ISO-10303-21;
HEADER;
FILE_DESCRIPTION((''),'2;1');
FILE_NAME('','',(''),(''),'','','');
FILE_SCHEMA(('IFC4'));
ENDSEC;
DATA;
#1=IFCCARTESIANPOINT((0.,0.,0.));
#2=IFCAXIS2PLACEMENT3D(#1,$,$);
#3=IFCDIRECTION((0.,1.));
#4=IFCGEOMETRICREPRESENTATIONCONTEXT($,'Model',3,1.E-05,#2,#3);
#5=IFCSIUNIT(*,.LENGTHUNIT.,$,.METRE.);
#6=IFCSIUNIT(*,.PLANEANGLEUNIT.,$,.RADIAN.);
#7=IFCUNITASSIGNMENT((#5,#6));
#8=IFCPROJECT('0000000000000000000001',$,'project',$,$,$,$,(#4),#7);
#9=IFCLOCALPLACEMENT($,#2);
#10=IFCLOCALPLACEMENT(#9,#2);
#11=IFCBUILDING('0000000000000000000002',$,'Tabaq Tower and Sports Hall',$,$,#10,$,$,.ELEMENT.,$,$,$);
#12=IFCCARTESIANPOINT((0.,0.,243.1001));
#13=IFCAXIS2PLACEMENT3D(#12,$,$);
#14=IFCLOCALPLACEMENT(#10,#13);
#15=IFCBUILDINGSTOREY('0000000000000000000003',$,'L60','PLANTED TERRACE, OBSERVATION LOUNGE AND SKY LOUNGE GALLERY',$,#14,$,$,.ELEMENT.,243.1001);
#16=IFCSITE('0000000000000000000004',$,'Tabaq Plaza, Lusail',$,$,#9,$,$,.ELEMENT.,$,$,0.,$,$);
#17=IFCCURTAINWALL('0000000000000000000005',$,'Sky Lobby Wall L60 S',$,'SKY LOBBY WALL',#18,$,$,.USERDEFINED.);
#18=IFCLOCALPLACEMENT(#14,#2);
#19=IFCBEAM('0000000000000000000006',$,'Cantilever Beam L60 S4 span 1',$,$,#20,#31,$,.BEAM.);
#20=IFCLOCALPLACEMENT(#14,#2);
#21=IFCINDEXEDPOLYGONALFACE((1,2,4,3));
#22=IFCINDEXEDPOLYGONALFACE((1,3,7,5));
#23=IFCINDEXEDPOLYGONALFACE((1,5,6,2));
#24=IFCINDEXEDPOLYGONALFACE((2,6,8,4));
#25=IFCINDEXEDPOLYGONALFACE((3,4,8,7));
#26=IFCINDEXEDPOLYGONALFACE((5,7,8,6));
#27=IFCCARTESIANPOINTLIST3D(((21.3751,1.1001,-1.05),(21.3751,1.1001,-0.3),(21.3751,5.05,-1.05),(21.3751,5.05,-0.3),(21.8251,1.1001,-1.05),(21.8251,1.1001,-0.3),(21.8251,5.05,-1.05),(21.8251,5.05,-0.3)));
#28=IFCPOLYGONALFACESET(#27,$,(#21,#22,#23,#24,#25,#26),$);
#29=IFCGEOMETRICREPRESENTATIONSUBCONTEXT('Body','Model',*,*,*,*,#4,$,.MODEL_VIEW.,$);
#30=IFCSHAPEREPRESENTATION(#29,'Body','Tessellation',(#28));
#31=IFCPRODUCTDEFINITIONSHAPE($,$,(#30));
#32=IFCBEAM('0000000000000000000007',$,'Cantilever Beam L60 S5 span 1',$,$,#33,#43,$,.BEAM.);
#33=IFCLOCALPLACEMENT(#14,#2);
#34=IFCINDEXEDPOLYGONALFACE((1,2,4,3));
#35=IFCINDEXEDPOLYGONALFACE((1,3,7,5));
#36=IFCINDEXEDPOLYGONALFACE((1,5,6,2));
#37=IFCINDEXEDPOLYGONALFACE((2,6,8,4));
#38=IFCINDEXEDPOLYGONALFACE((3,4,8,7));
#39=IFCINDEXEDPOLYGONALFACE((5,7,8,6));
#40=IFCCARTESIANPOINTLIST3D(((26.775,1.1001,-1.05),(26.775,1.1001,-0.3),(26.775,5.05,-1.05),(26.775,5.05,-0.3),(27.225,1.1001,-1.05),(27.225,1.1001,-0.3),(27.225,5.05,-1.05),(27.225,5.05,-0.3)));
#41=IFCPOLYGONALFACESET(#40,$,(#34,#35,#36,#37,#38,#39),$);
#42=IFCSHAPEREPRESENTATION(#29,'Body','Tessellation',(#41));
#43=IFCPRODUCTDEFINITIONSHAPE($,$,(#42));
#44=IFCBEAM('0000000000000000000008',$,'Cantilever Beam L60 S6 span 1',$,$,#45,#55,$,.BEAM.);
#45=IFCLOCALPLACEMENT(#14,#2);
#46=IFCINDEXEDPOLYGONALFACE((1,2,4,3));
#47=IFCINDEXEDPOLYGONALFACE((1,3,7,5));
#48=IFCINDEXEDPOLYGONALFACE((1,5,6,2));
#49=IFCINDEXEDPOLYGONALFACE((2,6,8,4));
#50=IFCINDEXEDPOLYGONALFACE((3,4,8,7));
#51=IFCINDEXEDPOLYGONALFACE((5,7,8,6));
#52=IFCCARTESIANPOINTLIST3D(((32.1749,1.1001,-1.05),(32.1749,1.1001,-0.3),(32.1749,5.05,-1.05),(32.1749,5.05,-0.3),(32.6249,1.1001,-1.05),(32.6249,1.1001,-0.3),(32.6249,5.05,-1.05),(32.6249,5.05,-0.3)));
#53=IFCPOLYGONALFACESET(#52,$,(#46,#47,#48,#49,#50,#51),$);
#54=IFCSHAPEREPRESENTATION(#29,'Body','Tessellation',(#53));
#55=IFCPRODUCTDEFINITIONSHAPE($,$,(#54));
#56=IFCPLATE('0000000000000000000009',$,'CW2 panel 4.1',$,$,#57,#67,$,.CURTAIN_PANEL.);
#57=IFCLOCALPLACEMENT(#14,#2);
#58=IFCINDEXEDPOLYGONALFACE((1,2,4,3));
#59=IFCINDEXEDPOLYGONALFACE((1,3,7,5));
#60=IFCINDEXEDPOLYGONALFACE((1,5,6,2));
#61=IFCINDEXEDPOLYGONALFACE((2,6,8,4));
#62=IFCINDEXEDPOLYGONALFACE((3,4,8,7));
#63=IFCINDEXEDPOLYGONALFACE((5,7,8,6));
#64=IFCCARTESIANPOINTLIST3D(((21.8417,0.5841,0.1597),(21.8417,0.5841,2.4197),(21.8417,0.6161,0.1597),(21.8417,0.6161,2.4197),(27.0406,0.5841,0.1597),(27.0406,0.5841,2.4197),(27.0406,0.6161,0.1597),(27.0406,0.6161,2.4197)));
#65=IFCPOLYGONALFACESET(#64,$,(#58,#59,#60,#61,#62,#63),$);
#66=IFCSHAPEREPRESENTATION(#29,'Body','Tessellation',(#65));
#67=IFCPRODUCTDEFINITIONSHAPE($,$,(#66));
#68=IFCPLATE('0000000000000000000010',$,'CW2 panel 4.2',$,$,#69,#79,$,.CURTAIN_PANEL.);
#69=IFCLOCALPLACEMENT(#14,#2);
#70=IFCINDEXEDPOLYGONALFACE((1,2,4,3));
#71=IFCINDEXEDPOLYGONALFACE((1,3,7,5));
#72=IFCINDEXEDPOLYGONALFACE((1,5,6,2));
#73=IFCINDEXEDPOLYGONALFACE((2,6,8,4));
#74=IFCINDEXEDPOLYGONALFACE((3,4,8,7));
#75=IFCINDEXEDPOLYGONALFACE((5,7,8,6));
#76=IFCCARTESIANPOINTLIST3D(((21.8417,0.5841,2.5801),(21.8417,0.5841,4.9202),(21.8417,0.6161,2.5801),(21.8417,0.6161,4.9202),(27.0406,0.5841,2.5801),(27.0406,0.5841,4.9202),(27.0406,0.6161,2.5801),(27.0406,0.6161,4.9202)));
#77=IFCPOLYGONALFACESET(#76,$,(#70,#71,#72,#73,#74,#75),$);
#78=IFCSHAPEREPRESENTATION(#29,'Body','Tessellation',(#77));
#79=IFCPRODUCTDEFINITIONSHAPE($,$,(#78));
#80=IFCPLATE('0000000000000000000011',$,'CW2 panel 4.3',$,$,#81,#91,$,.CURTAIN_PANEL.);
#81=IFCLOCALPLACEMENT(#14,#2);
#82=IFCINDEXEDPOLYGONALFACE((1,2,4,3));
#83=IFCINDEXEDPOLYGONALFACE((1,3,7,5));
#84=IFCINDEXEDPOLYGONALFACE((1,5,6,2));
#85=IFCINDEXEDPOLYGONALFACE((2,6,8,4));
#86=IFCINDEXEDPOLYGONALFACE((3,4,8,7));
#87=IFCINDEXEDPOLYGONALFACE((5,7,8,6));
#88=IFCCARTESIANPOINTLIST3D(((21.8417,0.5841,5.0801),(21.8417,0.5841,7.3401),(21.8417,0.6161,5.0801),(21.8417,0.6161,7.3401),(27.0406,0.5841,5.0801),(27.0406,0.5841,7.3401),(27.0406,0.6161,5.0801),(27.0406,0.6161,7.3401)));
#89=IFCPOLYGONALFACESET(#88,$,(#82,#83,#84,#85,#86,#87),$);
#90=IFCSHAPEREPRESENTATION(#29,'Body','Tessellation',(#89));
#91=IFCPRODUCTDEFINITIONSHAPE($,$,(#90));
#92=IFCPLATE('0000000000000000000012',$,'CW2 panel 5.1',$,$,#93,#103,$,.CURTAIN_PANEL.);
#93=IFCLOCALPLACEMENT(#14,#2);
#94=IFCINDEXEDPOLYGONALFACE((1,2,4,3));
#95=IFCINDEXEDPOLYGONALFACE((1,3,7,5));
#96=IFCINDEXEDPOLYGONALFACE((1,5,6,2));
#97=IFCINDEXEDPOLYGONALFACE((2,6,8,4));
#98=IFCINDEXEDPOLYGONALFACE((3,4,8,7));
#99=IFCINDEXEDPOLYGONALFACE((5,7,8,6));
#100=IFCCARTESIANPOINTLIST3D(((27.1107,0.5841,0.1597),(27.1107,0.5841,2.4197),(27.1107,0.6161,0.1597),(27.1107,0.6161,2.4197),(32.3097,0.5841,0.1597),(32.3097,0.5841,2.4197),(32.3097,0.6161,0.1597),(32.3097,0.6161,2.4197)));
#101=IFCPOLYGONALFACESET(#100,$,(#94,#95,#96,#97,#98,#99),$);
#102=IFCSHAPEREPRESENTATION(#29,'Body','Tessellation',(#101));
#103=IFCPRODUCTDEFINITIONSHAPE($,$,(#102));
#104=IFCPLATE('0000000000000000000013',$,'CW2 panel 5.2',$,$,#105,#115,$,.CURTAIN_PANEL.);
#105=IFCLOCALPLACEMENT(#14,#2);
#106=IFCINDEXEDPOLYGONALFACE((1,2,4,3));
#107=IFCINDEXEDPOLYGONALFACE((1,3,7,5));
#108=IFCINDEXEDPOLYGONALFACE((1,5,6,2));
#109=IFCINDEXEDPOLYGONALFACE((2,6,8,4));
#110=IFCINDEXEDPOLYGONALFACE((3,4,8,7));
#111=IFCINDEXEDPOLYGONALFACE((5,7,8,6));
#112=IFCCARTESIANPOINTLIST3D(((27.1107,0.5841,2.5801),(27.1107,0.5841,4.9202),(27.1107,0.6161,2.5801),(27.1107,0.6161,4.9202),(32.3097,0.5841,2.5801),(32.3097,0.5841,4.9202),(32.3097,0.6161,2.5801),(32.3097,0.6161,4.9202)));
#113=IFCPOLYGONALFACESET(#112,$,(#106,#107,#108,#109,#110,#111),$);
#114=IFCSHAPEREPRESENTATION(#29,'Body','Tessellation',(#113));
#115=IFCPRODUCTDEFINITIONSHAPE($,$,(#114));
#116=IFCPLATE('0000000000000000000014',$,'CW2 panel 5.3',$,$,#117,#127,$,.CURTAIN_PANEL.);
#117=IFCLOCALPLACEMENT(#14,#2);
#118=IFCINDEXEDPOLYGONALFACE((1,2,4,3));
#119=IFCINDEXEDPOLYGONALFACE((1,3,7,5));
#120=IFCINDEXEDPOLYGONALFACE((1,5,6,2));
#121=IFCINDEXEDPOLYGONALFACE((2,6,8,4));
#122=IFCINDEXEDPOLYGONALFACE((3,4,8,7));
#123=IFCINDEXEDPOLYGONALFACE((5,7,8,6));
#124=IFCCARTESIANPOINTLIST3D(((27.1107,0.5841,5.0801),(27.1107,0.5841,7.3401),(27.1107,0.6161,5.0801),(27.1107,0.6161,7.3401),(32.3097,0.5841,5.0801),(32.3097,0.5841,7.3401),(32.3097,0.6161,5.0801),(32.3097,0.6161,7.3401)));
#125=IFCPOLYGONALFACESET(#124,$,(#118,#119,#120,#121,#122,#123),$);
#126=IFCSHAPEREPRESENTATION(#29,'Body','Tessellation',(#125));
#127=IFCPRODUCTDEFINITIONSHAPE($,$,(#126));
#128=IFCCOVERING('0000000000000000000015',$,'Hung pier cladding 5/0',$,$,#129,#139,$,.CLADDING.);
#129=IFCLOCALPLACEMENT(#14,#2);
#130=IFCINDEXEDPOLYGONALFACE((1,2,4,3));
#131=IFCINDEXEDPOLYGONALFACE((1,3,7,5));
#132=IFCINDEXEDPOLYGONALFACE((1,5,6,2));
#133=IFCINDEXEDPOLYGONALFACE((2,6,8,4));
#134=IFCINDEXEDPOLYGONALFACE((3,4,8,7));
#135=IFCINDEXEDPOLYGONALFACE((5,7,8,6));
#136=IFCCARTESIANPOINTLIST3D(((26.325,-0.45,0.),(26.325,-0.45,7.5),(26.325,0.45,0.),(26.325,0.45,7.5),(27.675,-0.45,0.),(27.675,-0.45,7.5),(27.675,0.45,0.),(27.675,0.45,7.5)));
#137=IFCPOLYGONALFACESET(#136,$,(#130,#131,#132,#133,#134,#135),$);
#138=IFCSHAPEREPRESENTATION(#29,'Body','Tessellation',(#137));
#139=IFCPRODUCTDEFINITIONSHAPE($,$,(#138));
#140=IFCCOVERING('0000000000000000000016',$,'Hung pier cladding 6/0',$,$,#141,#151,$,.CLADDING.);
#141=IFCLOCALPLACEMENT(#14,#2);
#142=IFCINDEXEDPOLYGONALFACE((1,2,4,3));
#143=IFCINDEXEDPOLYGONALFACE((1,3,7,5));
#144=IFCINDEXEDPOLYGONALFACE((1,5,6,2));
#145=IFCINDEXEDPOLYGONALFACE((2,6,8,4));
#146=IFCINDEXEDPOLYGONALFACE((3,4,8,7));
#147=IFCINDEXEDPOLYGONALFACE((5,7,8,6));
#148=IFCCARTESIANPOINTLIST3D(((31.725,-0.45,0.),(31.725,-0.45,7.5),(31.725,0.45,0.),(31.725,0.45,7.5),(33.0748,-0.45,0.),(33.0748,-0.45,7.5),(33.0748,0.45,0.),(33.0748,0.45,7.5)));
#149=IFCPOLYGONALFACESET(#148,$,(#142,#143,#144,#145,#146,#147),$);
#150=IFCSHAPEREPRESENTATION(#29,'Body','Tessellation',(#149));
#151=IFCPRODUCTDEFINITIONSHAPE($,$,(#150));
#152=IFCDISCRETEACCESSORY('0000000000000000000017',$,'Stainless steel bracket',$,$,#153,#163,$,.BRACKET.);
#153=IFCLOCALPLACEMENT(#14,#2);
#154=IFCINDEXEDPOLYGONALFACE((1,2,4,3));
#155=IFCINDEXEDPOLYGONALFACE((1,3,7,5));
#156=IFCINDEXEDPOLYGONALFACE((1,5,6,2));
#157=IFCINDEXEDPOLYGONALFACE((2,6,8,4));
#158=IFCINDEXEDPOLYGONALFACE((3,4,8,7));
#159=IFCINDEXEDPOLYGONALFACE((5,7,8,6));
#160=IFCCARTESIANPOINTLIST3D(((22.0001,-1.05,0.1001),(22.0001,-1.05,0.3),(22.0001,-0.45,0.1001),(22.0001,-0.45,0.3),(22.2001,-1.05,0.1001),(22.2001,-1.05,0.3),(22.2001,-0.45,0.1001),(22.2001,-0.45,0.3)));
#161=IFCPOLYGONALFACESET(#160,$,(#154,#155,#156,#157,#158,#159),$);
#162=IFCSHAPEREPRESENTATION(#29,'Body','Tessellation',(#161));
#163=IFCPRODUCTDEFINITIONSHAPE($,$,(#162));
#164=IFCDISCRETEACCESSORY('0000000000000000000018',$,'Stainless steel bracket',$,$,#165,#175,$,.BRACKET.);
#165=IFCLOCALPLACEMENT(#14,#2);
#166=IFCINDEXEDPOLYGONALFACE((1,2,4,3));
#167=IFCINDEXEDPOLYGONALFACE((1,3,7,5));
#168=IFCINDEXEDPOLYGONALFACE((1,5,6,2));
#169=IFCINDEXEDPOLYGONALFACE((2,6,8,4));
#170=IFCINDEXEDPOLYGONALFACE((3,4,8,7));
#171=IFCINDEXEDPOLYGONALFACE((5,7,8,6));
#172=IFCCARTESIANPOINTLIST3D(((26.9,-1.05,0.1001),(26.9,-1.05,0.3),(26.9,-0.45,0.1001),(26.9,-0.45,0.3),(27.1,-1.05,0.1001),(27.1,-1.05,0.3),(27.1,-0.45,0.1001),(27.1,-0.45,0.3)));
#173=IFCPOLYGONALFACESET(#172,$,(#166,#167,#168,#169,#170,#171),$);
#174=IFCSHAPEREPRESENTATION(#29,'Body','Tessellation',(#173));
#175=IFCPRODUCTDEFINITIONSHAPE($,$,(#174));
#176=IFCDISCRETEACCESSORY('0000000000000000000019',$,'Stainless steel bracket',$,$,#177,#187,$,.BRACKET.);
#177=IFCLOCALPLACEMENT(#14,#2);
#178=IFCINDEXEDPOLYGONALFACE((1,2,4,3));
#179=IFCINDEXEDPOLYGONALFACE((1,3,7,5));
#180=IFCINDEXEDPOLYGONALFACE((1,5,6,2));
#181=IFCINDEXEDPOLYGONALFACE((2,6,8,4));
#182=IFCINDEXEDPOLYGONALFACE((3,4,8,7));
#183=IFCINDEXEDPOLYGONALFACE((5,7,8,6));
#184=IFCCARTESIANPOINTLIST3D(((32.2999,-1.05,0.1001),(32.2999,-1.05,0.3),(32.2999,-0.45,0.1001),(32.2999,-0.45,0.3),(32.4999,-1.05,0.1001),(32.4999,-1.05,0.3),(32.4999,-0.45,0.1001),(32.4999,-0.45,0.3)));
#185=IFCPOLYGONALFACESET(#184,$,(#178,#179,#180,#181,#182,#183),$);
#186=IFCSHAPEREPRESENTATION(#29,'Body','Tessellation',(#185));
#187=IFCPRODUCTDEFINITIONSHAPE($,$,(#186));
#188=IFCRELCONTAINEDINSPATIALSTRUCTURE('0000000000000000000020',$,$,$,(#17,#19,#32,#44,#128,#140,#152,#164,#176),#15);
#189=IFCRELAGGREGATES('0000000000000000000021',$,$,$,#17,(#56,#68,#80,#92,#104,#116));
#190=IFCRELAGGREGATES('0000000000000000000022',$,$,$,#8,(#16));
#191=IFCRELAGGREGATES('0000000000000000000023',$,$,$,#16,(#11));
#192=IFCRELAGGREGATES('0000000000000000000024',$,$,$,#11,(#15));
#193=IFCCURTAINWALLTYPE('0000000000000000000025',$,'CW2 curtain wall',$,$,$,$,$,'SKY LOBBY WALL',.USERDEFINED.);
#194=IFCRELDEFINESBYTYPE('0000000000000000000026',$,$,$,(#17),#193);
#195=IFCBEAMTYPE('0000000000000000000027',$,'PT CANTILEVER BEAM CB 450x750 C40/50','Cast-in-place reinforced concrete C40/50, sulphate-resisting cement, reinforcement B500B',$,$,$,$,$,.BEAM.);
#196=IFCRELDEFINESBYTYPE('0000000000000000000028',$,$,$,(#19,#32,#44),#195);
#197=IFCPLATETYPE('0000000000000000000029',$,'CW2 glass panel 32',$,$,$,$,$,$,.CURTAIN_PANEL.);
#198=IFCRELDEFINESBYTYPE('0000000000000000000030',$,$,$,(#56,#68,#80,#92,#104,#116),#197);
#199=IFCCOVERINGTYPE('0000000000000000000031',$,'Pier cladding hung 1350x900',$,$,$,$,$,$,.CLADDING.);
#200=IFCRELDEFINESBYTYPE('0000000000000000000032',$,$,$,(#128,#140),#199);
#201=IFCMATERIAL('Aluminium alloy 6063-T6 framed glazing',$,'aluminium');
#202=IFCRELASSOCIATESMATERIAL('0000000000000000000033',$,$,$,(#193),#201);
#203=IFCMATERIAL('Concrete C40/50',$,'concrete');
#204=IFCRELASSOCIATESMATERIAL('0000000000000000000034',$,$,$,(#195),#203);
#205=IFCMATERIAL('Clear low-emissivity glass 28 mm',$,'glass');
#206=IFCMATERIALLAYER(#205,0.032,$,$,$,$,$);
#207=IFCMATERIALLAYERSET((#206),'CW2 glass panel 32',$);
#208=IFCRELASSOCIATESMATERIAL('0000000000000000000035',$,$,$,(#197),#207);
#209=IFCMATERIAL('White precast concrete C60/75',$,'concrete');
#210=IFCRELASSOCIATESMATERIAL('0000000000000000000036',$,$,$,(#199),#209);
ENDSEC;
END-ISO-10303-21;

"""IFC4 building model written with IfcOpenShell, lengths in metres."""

from ifc_helpers import new_model, si_unit, direction, frame, frame_2d, origin, origin_2d, place, context, subcontext, project, spatial, rectangle, extrude, material, layer, layer_set, material_profile, profile_set, type_object, element, aggregate, save


model = new_model("IFC4")

# Units and contexts
model_context = context("Model", 3, precision=1e-05, world=origin(), true_north=direction((0.0, 1.0)))
body_context = subcontext(model_context, "Body", "Model", "MODEL_VIEW")
ifc_project = project(units=[si_unit("LENGTHUNIT", "METRE"), si_unit("PLANEANGLEUNIT", "RADIAN")], contexts=[model_context])

# Site, building, storey
site_placement = place(None, origin())
site = spatial("IfcSite", under=ifc_project, at=site_placement, Name="Tabaq Plaza, Lusail", CompositionType="ELEMENT", RefElevation=0.0)
building_placement = place(site_placement, origin())
building = spatial("IfcBuilding", under=site, at=building_placement, Name="Tabaq Tower and Sports Hall", CompositionType="ELEMENT")
storey_placement = place(building_placement, frame((0.0, 0.0, 243.1001)))
storey = spatial("IfcBuildingStorey", under=building, at=storey_placement, Name="L60", Description="PLANTED TERRACE, OBSERVATION LOUNGE AND SKY LOUNGE GALLERY", CompositionType="ELEMENT", Elevation=243.1001)

# Curtain wall
ifc_material_1 = material(Name="Aluminium alloy 6063-T6 framed glazing", Category="aluminium")
curtain_wall_type = type_object("IfcCurtainWallType", Name="CW2 curtain wall", ElementType="SKY LOBBY WALL", PredefinedType="USERDEFINED", material=ifc_material_1)
curtain_wall_placement = place(storey_placement, origin())
curtain_wall = element("IfcCurtainWall", 1, at=curtain_wall_placement, inside=storey, type_object=curtain_wall_type, Name="Sky Lobby Wall L60 S", ObjectType="SKY LOBBY WALL", PredefinedType="USERDEFINED")

# Beams
ifc_material_2 = material(Name="Concrete C40/50", Category="concrete")
ifc_material_profile_1 = material_profile(ifc_material_2, rectangle(XDim=0.45, YDim=0.75, at=origin_2d()), Name="CB 450x750")
ifc_profile_set_1 = profile_set([ifc_material_profile_1], Name="Concrete C40/50")
beam_type = type_object("IfcBeamType", Name="PT CANTILEVER BEAM CB 450x750 C40/50", Description="Cast-in-place reinforced concrete C40/50, sulphate-resisting cement, reinforcement B500B", PredefinedType="BEAM", material=ifc_profile_set_1)
for number, where, z_axis, x_axis, name in (
    (2, (21.6001, 1.1001, -0.675), (0.0, 1.0, 0.0), (-1.0, 0.0, 0.0), "Cantilever Beam L60 S4 span 1"),
    (3, (27.0, 1.1001, -0.675), (0.0, 1.0, 0.0), (-1.0, 0.0, 0.0), "Cantilever Beam L60 S5 span 1"),
    (4, (32.3999, 1.1001, -0.675), (0.0, 1.0, 0.0), (-1.0, 0.0, 0.0), "Cantilever Beam L60 S6 span 1"),
):
    element("IfcBeam", number, at=place(storey_placement, frame(where, z_axis=z_axis, x_axis=x_axis)), inside=storey, type_object=beam_type, Name=name, PredefinedType="BEAM", context=body_context, shape_type="SweptSolid", body=[
        extrude(rectangle(XDim=0.45, YDim=0.75, at=origin_2d()), origin(), (0.0, 0.0, 1.0), 3.95),
    ])

# Plates
ifc_material_3 = material(Name="Clear low-emissivity glass 28 mm", Category="glass")
ifc_layer_1 = layer(ifc_material_3, 0.032)
ifc_layer_set_1 = layer_set([ifc_layer_1], Name="CW2 glass panel 32")
plate_type = type_object("IfcPlateType", Name="CW2 glass panel 32", PredefinedType="CURTAIN_PANEL", material=ifc_layer_set_1)
plate_1_placement = place(storey_placement, frame((24.4412, 0.6001, 0.1597), z_axis=(0.0, 0.0, 1.0), x_axis=(1.0, 0.0, 0.0)))
plate_1 = element("IfcPlate", 5, at=plate_1_placement, type_object=plate_type, Name="CW2 panel 4.1", PredefinedType="CURTAIN_PANEL", context=body_context, shape_type="SweptSolid", body=[
    extrude(rectangle(XDim=5.199, YDim=0.032, at=origin_2d()), origin(), (0.0, 0.0, 1.0), 2.26),
])
plate_2_placement = place(storey_placement, frame((24.4412, 0.6001, 2.5801), z_axis=(0.0, 0.0, 1.0), x_axis=(1.0, 0.0, 0.0)))
plate_2 = element("IfcPlate", 6, at=plate_2_placement, type_object=plate_type, Name="CW2 panel 4.2", PredefinedType="CURTAIN_PANEL", context=body_context, shape_type="SweptSolid", body=[
    extrude(rectangle(XDim=5.199, YDim=0.032, at=origin_2d()), origin(), (0.0, 0.0, 1.0), 2.3401),
])
plate_3_placement = place(storey_placement, frame((24.4412, 0.6001, 5.0801), z_axis=(0.0, 0.0, 1.0), x_axis=(1.0, 0.0, 0.0)))
plate_3 = element("IfcPlate", 7, at=plate_3_placement, type_object=plate_type, Name="CW2 panel 4.3", PredefinedType="CURTAIN_PANEL", context=body_context, shape_type="SweptSolid", body=[
    extrude(rectangle(XDim=5.199, YDim=0.032, at=origin_2d()), origin(), (0.0, 0.0, 1.0), 2.26),
])
plate_4_placement = place(storey_placement, frame((29.7102, 0.6001, 0.1597), z_axis=(0.0, 0.0, 1.0), x_axis=(1.0, 0.0, 0.0)))
plate_4 = element("IfcPlate", 8, at=plate_4_placement, type_object=plate_type, Name="CW2 panel 5.1", PredefinedType="CURTAIN_PANEL", context=body_context, shape_type="SweptSolid", body=[
    extrude(rectangle(XDim=5.199, YDim=0.032, at=origin_2d()), origin(), (0.0, 0.0, 1.0), 2.26),
])
plate_5_placement = place(storey_placement, frame((29.7102, 0.6001, 2.5801), z_axis=(0.0, 0.0, 1.0), x_axis=(1.0, 0.0, 0.0)))
plate_5 = element("IfcPlate", 9, at=plate_5_placement, type_object=plate_type, Name="CW2 panel 5.2", PredefinedType="CURTAIN_PANEL", context=body_context, shape_type="SweptSolid", body=[
    extrude(rectangle(XDim=5.199, YDim=0.032, at=origin_2d()), origin(), (0.0, 0.0, 1.0), 2.3401),
])
plate_6_placement = place(storey_placement, frame((29.7102, 0.6001, 5.0801), z_axis=(0.0, 0.0, 1.0), x_axis=(1.0, 0.0, 0.0)))
plate_6 = element("IfcPlate", 10, at=plate_6_placement, type_object=plate_type, Name="CW2 panel 5.3", PredefinedType="CURTAIN_PANEL", context=body_context, shape_type="SweptSolid", body=[
    extrude(rectangle(XDim=5.199, YDim=0.032, at=origin_2d()), origin(), (0.0, 0.0, 1.0), 2.26),
])
aggregate(curtain_wall, [plate_1, plate_2, plate_3, plate_4, plate_5, plate_6])

# Coverings
ifc_material_4 = material(Name="White precast concrete C60/75", Category="concrete")
covering_type_1 = type_object("IfcCoveringType", Name="Pier cladding hung 1350x900", PredefinedType="CLADDING", material=ifc_material_4)
covering_1_placement = place(storey_placement, frame((26.325, 0.0, 0.0), z_axis=(0.0, 0.0, 1.0), x_axis=(1.0, 0.0, 0.0)))
element("IfcCovering", 11, at=covering_1_placement, inside=storey, type_object=covering_type_1, Name="Hung pier cladding 5/0", PredefinedType="CLADDING", context=body_context, shape_type="SweptSolid", body=[
    extrude(rectangle(XDim=1.3501, YDim=0.8999, at=frame_2d((0.675, 0.0))), origin(), (0.0, 0.0, 1.0), 7.5),
])
covering_2_placement = place(storey_placement, frame((31.7251, 0.0, 0.0), z_axis=(0.0, 0.0, 1.0), x_axis=(1.0, 0.0, 0.0)))
element("IfcCovering", 12, at=covering_2_placement, inside=storey, type_object=covering_type_1, Name="Hung pier cladding 6/0", PredefinedType="CLADDING", context=body_context, shape_type="SweptSolid", body=[
    extrude(rectangle(XDim=1.3499, YDim=0.8999, at=frame_2d((0.6748, 0.0))), origin(), (0.0, 0.0, 1.0), 7.5),
])

# Discrete accessories
for number, where, z_axis, x_axis, name in (
    (13, (22.1001, -0.75, 0.1001), (0.0, 0.0, 1.0), (0.0, -1.0, 0.0), "Stainless steel bracket"),
    (14, (27.0, -0.75, 0.1001), (0.0, 0.0, 1.0), (0.0, -1.0, 0.0), "Stainless steel bracket"),
    (15, (32.3999, -0.75, 0.1001), (0.0, 0.0, 1.0), (0.0, -1.0, 0.0), "Stainless steel bracket"),
):
    element("IfcDiscreteAccessory", number, at=place(storey_placement, frame(where, z_axis=z_axis, x_axis=x_axis)), inside=storey, Name=name, PredefinedType="BRACKET", context=body_context, shape_type="SweptSolid", body=[
        extrude(rectangle(XDim=0.6001, YDim=0.2, at=origin_2d()), origin(), (0.0, 0.0, 1.0), 0.2),
    ])

save(model, "model.ifc")
